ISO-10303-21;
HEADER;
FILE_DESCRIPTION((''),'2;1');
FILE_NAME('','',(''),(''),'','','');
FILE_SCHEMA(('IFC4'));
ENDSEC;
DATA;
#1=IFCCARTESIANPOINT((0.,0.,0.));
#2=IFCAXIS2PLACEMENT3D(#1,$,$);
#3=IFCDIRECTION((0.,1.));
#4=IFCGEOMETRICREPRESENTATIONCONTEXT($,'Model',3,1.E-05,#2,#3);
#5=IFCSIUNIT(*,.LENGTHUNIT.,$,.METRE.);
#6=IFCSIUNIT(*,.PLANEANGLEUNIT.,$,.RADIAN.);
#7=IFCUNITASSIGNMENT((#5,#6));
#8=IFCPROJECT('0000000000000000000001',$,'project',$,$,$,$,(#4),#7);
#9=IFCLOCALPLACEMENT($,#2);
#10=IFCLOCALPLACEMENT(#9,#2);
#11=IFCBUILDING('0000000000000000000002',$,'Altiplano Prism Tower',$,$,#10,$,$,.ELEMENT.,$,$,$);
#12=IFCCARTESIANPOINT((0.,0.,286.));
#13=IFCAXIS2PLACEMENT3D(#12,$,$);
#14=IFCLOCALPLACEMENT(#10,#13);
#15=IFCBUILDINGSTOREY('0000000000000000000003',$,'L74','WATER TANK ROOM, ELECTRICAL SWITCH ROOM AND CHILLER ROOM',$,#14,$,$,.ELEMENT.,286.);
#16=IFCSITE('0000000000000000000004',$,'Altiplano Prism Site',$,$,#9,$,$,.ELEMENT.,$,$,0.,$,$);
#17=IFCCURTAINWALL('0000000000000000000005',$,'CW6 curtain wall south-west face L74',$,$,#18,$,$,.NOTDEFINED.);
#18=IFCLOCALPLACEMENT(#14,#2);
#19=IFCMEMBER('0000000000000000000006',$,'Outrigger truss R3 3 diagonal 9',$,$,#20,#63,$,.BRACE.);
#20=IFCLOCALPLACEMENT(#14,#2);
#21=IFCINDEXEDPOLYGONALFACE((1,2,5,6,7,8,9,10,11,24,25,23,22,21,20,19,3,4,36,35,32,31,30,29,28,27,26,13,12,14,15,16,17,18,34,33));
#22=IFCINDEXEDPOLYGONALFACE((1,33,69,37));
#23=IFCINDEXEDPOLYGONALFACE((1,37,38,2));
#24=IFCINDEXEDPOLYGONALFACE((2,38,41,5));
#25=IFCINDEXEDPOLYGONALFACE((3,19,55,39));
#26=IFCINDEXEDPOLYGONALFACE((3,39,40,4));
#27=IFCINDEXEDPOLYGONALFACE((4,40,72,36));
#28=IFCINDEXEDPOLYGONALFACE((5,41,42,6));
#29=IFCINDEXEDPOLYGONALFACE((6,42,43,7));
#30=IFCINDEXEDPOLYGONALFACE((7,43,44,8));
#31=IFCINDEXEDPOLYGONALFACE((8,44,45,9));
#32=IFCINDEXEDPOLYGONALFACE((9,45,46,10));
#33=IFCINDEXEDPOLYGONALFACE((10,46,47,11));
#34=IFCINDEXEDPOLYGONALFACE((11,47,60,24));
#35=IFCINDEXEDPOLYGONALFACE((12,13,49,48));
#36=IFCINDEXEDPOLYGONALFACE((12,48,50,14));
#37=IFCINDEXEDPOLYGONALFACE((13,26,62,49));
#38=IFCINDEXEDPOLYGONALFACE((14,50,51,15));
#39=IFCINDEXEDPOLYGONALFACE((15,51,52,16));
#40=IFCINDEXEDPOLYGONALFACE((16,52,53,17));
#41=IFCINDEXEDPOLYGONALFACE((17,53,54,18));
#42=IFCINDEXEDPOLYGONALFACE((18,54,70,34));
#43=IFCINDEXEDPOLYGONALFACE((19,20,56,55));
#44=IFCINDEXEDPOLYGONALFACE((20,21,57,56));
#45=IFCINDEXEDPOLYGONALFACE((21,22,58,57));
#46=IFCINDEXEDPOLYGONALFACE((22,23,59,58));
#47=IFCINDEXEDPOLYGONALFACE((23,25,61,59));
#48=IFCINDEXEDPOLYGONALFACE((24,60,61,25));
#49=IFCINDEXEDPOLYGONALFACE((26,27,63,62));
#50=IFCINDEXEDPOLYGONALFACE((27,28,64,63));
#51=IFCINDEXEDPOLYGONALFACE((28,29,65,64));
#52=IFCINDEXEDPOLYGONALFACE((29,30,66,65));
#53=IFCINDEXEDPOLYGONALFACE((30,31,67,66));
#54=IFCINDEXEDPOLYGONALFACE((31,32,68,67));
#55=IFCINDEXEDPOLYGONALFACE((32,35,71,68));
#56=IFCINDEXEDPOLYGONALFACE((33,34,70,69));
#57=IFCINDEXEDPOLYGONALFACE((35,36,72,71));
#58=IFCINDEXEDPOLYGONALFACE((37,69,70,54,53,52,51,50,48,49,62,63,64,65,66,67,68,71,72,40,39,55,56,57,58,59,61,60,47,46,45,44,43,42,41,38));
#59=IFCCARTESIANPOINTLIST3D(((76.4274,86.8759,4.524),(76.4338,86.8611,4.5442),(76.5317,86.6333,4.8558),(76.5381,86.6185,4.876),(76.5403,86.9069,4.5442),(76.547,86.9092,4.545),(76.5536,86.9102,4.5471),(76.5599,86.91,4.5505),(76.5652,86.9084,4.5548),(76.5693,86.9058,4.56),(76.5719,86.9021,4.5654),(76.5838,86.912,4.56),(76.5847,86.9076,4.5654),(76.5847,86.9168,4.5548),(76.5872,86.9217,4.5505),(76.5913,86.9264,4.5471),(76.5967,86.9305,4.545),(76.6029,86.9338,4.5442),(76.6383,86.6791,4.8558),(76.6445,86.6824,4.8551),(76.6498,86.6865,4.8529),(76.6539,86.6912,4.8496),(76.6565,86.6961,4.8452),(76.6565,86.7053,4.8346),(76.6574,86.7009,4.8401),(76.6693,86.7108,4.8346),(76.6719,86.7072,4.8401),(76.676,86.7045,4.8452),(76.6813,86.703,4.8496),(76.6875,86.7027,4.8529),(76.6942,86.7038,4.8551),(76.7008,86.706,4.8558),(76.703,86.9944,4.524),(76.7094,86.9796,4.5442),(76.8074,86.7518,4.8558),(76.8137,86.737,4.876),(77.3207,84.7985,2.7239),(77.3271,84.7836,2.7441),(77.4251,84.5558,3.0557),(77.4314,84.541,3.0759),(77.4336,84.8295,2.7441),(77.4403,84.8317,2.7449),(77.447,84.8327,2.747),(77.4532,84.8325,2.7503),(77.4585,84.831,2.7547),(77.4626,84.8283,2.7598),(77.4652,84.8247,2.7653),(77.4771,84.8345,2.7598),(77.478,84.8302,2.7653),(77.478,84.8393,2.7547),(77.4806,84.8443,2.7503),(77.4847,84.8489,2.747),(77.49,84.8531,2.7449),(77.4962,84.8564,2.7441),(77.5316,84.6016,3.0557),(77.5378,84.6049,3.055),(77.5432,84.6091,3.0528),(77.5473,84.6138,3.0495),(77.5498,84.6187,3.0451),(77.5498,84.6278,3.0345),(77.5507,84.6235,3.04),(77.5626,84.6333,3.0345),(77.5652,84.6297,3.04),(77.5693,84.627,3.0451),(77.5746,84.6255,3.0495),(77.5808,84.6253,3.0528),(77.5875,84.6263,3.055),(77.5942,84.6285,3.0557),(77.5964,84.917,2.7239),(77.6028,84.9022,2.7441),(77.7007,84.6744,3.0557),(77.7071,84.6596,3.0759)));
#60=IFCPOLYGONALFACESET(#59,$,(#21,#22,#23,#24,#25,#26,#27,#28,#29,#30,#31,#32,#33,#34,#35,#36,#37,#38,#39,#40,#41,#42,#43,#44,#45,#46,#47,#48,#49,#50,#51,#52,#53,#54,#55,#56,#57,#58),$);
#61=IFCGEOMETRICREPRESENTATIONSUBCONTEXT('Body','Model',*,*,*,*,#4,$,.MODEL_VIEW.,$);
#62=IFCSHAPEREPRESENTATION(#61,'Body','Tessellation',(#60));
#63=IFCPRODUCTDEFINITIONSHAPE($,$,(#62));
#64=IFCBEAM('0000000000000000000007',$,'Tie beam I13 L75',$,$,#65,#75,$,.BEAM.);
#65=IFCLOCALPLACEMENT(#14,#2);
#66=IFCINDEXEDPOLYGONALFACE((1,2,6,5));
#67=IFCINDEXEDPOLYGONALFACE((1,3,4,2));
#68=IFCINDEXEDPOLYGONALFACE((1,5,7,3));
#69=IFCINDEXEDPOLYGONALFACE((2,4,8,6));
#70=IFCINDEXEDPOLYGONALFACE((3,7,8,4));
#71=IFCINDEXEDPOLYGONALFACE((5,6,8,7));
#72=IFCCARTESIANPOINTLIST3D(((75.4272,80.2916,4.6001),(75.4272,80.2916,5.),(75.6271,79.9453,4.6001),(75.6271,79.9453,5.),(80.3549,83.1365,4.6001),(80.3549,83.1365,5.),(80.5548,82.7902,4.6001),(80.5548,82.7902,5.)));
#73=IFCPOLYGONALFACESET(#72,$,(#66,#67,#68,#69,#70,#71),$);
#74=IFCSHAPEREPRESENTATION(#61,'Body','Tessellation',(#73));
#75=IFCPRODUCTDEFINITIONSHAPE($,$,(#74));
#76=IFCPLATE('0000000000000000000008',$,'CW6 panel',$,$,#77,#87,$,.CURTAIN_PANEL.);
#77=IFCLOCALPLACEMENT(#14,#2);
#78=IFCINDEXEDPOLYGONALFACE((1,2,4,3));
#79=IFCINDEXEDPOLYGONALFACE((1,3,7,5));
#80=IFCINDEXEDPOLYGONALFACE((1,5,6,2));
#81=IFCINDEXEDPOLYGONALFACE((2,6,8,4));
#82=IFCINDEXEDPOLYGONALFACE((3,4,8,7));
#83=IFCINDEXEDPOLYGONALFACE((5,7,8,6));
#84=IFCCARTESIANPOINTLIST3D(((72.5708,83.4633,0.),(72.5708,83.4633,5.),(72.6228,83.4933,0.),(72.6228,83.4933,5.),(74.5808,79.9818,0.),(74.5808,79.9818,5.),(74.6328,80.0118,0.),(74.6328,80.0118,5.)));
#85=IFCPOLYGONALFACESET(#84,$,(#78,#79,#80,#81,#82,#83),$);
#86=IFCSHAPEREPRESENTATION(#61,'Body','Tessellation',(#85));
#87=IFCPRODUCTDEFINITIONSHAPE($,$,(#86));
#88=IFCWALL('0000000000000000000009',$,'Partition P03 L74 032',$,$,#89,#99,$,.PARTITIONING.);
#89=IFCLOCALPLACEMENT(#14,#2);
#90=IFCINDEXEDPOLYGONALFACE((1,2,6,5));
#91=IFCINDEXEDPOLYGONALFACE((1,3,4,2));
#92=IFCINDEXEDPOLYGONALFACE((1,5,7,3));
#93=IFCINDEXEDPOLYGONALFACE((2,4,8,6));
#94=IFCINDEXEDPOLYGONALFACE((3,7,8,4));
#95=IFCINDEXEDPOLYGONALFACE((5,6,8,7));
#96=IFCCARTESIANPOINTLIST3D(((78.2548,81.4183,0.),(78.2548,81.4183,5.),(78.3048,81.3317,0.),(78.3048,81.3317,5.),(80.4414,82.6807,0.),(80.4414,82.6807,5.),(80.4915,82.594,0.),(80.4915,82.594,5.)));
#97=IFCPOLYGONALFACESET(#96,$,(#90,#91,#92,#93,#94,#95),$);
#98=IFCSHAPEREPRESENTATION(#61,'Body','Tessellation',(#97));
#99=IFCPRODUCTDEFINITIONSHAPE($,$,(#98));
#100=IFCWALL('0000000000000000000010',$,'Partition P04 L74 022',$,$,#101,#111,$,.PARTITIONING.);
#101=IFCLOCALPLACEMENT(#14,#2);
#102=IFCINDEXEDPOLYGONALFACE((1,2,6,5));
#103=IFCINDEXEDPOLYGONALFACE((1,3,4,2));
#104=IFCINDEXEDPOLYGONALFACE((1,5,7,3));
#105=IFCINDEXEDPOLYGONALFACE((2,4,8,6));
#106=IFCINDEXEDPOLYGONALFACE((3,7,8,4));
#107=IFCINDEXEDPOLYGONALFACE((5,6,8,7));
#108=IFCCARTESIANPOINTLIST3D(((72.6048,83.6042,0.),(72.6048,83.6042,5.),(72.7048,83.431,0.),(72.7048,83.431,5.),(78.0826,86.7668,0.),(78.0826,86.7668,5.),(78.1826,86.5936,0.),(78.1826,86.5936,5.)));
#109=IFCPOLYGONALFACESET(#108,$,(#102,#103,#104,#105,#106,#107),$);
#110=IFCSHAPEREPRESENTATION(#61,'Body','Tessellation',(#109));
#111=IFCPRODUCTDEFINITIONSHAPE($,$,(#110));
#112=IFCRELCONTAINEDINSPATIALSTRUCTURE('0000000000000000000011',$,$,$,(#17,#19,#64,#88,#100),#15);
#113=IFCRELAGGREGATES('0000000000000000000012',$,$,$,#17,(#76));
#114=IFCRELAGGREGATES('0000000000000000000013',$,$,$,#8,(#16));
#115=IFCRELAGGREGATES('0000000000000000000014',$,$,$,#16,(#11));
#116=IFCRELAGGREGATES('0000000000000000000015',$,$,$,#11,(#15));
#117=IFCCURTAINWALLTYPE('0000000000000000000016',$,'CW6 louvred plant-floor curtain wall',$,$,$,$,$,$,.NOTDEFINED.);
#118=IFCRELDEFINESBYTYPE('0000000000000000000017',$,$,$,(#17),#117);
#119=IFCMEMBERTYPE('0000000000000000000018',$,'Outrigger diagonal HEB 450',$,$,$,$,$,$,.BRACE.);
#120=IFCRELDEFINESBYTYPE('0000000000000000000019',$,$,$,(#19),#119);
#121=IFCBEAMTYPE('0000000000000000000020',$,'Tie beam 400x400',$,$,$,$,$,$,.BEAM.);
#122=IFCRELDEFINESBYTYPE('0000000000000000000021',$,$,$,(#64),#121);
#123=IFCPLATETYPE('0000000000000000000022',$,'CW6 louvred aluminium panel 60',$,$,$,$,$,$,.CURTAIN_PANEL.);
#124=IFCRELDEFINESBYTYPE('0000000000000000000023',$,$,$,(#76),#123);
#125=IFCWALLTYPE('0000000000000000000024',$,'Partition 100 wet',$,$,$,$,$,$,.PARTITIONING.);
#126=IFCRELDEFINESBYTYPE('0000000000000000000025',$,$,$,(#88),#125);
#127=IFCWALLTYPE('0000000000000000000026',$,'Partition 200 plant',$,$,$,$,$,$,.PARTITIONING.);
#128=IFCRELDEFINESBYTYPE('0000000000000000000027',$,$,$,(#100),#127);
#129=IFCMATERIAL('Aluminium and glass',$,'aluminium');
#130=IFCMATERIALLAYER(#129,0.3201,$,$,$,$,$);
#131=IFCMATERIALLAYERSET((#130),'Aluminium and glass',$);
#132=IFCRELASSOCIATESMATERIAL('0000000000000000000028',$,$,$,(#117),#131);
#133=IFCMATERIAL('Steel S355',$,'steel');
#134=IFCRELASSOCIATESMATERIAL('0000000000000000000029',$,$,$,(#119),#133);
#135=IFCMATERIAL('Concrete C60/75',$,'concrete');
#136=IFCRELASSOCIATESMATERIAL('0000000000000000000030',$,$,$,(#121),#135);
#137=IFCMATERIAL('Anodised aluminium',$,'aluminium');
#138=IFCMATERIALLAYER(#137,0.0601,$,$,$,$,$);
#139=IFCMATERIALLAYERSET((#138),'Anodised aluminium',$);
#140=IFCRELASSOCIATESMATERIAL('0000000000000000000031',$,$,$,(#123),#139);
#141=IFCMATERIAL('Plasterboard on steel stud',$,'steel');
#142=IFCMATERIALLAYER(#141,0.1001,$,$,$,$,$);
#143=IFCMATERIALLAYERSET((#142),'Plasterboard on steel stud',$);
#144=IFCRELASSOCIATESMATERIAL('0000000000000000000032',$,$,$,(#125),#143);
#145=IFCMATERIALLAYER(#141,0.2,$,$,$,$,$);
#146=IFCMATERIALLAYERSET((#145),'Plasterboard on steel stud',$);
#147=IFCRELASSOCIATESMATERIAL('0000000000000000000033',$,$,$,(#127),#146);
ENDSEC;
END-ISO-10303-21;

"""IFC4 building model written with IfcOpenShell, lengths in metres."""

from ifc_helpers import new_model, si_unit, direction, frame, frame_2d, origin, origin_2d, place, context, subcontext, project, spatial, rectangle, i_section, extrude, material, layer, layer_set, material_profile, profile_set, type_object, element, aggregate, save


model = new_model("IFC4")

# Units and contexts
model_context = context("Model", 3, precision=1e-05, world=origin(), true_north=direction((0.0, 1.0)))
body_context = subcontext(model_context, "Body", "Model", "MODEL_VIEW")
ifc_project = project(units=[si_unit("LENGTHUNIT", "METRE"), si_unit("PLANEANGLEUNIT", "RADIAN")], contexts=[model_context])

# Site, building, storey
site_placement = place(None, origin())
site = spatial("IfcSite", under=ifc_project, at=site_placement, Name="Altiplano Prism Site", CompositionType="ELEMENT", RefElevation=0.0)
building_placement = place(site_placement, origin())
building = spatial("IfcBuilding", under=site, at=building_placement, Name="Altiplano Prism Tower", CompositionType="ELEMENT")
storey_placement = place(building_placement, frame((0.0, 0.0, 286.0)))
storey = spatial("IfcBuildingStorey", under=building, at=storey_placement, Name="L74", Description="WATER TANK ROOM, ELECTRICAL SWITCH ROOM AND CHILLER ROOM", CompositionType="ELEMENT", Elevation=286.0)

# Shared definitions
ifc_material_1 = material(Name="Concrete C60/75", Category="concrete")

# Shared definitions
ifc_material_2 = material(Name="Steel S355", Category="steel")

# Curtain wall
ifc_material_3 = material(Name="Aluminium and glass", Category="aluminium")
ifc_layer_1 = layer(ifc_material_3, 0.3201)
ifc_layer_set_1 = layer_set([ifc_layer_1], Name="Aluminium and glass")
curtain_wall_type = type_object("IfcCurtainWallType", Name="CW6 louvred plant-floor curtain wall", PredefinedType="NOTDEFINED", material=ifc_layer_set_1)
curtain_wall_placement = place(storey_placement, origin())
curtain_wall = element("IfcCurtainWall", 1, at=curtain_wall_placement, inside=storey, type_object=curtain_wall_type, Name="CW6 curtain wall south-west face L74", PredefinedType="NOTDEFINED")

# Member
ifc_material_profile_1 = material_profile(ifc_material_2, i_section(OverallWidth=0.3, OverallDepth=0.45, WebThickness=0.0139, FlangeThickness=0.0259, FilletRadius=0.0271, at=origin_2d()), Name="Outrigger diagonal HEB 450")
ifc_profile_set_1 = profile_set([ifc_material_profile_1], Name="Steel S355")
member_type_1 = type_object("IfcMemberType", Name="Outrigger diagonal HEB 450", PredefinedType="BRACE", material=ifc_profile_set_1)
member_1_placement = place(storey_placement, frame((77.5139, 84.729, 2.8999), z_axis=(-0.309074, 0.71875, 0.622793), x_axis=(-0.918664, -0.39504, 0.0)))
element("IfcMember", 2, at=member_1_placement, inside=storey, type_object=member_type_1, Name="Outrigger truss R3 3 diagonal 9", PredefinedType="BRACE", context=body_context, shape_type="SweptSolid", body=[
    extrude(i_section(OverallWidth=0.3, OverallDepth=0.45, WebThickness=0.0139, FlangeThickness=0.0259, FilletRadius=0.0271, at=origin_2d()), origin(), (0.0, 0.0, 1.0), 2.8904),
])

# Beam
ifc_material_profile_2 = material_profile(ifc_material_1, rectangle(XDim=0.3999, YDim=0.3999, at=origin_2d()), Name="Tie beam 400x400")
ifc_profile_set_2 = profile_set([ifc_material_profile_2], Name="Concrete C60/75")
beam_type = type_object("IfcBeamType", Name="Tie beam 400x400", PredefinedType="BEAM", material=ifc_profile_set_2)
beam_placement = place(storey_placement, frame((80.4548, 82.9634, 4.8), z_axis=(-0.86603, -0.499992, 0.0), x_axis=(0.499992, -0.86603, 0.0)))
element("IfcBeam", 3, at=beam_placement, inside=storey, type_object=beam_type, Name="Tie beam I13 L75", PredefinedType="BEAM", context=body_context, shape_type="SweptSolid", body=[
    extrude(rectangle(XDim=0.3999, YDim=0.3999, at=origin_2d()), origin(), (0.0, 0.0, 1.0), 5.6899),
])

# Plate
ifc_material_4 = material(Name="Anodised aluminium", Category="aluminium")
ifc_layer_2 = layer(ifc_material_4, 0.0601)
ifc_layer_set_2 = layer_set([ifc_layer_2], Name="Anodised aluminium")
plate_type = type_object("IfcPlateType", Name="CW6 louvred aluminium panel 60", PredefinedType="CURTAIN_PANEL", material=ifc_layer_set_2)
plate_placement = place(storey_placement, frame((73.6018, 81.7375, 0.0), z_axis=(0.0, 0.0, 1.0), x_axis=(0.5, -0.866025, 0.0)))
plate = element("IfcPlate", 4, at=plate_placement, type_object=plate_type, Name="CW6 panel", PredefinedType="CURTAIN_PANEL", context=body_context, shape_type="SweptSolid", body=[
    extrude(rectangle(XDim=4.02, YDim=0.0601, at=origin_2d()), origin(), (0.0, 0.0, 1.0), 5.0),
])
aggregate(curtain_wall, [plate])

# Walls
ifc_material_5 = material(Name="Plasterboard on steel stud", Category="steel")
ifc_layer_3 = layer(ifc_material_5, 0.1001)
ifc_layer_set_3 = layer_set([ifc_layer_3], Name="Plasterboard on steel stud")
wall_type_1 = type_object("IfcWallType", Name="Partition 100 wet", PredefinedType="PARTITIONING", material=ifc_layer_set_3)
wall_1_placement = place(storey_placement, frame((78.2798, 81.375, 0.0), z_axis=(0.0, 0.0, 1.0), x_axis=(0.866039, 0.499976, 0.0)))
element("IfcWall", 5, at=wall_1_placement, inside=storey, type_object=wall_type_1, Name="Partition P03 L74 032", PredefinedType="PARTITIONING", context=body_context, shape_type="SweptSolid", body=[
    extrude(rectangle(XDim=2.5249, YDim=0.1001, at=frame_2d((1.2625, 0.0))), origin(), (0.0, 0.0, 1.0), 5.0),
])
ifc_layer_4 = layer(ifc_material_5, 0.2)
ifc_layer_set_4 = layer_set([ifc_layer_4], Name="Plasterboard on steel stud")
wall_type_2 = type_object("IfcWallType", Name="Partition 200 plant", PredefinedType="PARTITIONING", material=ifc_layer_set_4)
wall_2_placement = place(storey_placement, frame((72.6548, 83.5176, 0.0), z_axis=(0.0, 0.0, 1.0), x_axis=(0.866026, 0.5, 0.0)))
element("IfcWall", 6, at=wall_2_placement, inside=storey, type_object=wall_type_2, Name="Partition P04 L74 022", PredefinedType="PARTITIONING", context=body_context, shape_type="SweptSolid", body=[
    extrude(rectangle(XDim=6.3252, YDim=0.2, at=frame_2d((3.1626, 0.0))), origin(), (0.0, 0.0, 1.0), 5.0),
])

save(model, "model.ifc")
